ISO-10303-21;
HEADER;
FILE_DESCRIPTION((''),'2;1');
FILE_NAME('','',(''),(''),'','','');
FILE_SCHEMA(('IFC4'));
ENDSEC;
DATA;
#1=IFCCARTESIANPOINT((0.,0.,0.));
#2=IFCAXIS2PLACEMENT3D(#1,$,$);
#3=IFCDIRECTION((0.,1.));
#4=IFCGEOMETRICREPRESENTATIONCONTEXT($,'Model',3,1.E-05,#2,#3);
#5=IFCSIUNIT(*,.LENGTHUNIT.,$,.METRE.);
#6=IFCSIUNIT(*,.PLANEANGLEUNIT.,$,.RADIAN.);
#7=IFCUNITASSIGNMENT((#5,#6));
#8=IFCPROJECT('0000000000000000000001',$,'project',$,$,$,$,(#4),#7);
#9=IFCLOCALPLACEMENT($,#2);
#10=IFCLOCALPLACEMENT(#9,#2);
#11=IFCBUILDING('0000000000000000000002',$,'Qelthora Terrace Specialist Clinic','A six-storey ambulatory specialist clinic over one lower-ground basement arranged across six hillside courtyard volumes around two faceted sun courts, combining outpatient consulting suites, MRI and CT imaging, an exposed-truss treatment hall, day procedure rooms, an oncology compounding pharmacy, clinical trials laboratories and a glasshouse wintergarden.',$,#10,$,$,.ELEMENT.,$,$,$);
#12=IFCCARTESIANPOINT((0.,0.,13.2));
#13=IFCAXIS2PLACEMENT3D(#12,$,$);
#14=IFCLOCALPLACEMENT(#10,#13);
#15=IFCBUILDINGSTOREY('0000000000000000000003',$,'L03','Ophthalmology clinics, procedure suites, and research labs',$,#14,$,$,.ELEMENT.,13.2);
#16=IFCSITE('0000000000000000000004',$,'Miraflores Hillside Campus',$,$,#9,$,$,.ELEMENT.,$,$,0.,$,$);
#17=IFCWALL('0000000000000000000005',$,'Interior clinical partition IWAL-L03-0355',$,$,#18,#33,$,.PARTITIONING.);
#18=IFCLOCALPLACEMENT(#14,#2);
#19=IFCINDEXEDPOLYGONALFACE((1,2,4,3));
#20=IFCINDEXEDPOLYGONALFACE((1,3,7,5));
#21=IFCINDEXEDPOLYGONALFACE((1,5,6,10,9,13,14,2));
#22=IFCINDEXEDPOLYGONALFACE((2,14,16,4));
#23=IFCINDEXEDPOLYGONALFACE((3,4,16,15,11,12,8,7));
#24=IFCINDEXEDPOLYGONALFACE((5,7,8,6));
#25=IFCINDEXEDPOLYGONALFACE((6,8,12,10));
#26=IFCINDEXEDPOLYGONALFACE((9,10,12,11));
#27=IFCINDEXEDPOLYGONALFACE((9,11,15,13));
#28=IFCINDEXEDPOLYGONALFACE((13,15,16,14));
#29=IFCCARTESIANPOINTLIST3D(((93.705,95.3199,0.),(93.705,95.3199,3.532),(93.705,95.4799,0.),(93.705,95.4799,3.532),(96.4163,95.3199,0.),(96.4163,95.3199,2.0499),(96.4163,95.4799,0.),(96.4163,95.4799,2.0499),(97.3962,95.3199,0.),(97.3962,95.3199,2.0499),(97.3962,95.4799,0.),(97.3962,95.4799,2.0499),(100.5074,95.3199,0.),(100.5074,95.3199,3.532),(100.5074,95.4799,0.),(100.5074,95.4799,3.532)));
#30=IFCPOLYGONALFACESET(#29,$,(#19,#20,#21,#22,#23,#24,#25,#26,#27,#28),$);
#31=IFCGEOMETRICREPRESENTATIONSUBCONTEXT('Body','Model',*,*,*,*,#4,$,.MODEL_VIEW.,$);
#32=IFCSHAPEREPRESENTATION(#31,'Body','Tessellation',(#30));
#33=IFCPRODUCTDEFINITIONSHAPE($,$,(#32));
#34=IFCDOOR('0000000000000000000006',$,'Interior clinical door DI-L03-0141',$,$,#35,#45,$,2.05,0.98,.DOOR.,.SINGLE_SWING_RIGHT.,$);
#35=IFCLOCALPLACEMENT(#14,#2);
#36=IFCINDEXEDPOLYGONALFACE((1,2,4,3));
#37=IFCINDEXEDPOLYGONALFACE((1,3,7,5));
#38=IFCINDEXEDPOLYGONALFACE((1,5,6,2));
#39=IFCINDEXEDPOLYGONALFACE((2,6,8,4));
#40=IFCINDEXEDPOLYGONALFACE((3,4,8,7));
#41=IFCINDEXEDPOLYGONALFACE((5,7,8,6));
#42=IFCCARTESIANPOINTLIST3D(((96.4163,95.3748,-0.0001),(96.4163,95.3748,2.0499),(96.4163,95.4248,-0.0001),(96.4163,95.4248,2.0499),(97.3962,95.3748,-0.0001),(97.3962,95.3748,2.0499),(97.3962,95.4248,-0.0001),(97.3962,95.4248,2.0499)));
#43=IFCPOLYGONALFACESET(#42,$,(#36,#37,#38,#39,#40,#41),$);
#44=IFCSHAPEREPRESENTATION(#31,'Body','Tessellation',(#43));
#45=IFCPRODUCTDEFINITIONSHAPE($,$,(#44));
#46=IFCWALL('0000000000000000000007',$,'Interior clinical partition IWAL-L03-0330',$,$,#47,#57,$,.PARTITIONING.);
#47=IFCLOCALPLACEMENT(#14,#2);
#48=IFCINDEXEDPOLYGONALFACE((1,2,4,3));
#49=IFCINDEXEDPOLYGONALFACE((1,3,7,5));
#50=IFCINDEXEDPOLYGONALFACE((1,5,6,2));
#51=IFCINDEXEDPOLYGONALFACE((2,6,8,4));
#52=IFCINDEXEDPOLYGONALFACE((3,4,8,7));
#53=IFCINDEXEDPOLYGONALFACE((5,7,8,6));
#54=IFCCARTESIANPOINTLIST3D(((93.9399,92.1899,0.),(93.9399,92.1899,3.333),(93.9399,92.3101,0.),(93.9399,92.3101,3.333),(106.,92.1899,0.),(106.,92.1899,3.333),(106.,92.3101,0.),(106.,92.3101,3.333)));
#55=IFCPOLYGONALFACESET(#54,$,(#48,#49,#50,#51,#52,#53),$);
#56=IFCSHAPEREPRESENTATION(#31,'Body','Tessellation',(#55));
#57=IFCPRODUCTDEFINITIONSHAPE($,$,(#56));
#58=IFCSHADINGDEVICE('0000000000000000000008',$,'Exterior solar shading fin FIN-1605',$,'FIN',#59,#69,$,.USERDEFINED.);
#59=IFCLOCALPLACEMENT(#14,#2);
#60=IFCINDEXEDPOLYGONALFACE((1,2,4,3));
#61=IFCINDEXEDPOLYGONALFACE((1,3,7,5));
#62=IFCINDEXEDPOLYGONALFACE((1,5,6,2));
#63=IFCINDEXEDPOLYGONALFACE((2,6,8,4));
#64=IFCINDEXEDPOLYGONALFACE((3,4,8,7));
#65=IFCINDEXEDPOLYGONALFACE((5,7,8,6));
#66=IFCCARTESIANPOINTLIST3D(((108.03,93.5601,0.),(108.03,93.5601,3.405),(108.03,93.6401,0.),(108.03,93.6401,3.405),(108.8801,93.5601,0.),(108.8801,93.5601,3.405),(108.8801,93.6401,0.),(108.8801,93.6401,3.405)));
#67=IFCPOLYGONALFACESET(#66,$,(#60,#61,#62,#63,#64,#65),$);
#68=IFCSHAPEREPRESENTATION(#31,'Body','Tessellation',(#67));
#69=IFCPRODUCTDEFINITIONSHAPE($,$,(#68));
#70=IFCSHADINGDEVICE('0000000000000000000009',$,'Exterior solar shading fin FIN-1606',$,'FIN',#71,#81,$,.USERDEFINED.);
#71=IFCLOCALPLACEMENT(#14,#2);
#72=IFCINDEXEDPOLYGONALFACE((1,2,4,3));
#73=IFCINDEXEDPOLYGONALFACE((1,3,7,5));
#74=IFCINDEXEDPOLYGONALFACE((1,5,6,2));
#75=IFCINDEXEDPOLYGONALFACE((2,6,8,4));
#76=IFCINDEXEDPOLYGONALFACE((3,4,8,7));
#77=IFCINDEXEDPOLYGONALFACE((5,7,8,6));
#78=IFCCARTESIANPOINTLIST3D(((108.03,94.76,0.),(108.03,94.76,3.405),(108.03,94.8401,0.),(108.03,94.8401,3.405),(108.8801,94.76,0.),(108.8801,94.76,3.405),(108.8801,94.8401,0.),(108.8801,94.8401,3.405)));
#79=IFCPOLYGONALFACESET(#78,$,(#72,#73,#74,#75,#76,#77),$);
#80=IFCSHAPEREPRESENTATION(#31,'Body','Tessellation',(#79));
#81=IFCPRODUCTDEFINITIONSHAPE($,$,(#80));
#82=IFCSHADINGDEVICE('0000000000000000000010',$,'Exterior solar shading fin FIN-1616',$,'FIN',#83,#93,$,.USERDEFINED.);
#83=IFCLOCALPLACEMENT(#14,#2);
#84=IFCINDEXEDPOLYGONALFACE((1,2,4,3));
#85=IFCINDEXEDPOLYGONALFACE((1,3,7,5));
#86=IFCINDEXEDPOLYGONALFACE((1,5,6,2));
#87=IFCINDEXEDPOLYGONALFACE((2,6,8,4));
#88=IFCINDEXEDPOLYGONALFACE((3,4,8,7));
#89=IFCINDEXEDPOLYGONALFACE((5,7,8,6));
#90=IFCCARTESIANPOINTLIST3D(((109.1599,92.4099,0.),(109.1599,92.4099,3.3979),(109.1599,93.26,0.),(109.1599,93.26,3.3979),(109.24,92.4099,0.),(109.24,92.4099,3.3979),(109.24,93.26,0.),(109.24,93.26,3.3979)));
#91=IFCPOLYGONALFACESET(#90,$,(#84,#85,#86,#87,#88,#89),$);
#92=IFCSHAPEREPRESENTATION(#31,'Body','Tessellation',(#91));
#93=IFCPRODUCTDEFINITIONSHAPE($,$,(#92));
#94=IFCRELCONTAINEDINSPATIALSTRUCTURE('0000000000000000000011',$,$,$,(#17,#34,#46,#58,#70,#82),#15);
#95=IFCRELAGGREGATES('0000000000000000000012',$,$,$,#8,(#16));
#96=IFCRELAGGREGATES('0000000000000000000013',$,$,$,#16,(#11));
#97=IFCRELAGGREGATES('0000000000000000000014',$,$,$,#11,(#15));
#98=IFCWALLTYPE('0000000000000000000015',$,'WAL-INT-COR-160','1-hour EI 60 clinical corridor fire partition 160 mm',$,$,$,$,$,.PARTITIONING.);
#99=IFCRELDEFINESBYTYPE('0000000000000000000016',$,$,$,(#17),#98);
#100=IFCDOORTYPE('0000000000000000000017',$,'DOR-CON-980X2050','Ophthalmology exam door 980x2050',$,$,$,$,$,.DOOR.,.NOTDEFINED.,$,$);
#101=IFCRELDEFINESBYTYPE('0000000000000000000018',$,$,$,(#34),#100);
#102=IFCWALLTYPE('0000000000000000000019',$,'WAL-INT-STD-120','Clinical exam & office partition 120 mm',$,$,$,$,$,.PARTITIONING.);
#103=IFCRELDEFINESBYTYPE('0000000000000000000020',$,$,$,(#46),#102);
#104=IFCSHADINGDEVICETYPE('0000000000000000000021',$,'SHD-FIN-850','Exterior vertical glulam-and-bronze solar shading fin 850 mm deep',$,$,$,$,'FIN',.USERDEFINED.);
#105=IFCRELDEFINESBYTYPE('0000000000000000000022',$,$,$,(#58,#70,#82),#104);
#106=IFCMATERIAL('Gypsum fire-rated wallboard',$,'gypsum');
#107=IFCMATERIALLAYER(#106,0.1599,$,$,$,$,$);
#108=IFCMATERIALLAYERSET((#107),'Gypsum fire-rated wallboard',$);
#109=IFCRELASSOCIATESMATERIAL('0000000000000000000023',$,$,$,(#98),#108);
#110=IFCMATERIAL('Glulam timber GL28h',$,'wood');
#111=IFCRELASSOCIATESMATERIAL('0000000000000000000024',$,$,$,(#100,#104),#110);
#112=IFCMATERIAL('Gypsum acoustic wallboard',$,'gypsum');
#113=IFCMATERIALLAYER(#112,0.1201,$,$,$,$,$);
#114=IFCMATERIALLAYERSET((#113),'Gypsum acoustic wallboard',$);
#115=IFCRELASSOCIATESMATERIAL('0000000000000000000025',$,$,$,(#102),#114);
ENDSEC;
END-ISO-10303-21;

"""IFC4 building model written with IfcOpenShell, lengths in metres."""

from ifc_helpers import new_model, si_unit, direction, frame, frame_2d, origin, origin_2d, place, context, subcontext, project, spatial, rectangle, extrude, material, layer, layer_set, type_object, element, fill, save


model = new_model("IFC4")

# Units and contexts
model_context = context("Model", 3, precision=1e-05, world=origin(), true_north=direction((0.0, 1.0)))
body_context = subcontext(model_context, "Body", "Model", "MODEL_VIEW")
ifc_project = project(units=[si_unit("LENGTHUNIT", "METRE"), si_unit("PLANEANGLEUNIT", "RADIAN")], contexts=[model_context])

# Site, building, storey
site_placement = place(None, origin())
site = spatial("IfcSite", under=ifc_project, at=site_placement, Name="Miraflores Hillside Campus", CompositionType="ELEMENT", RefElevation=0.0)
building_placement = place(site_placement, origin())
building = spatial("IfcBuilding", under=site, at=building_placement, Name="Qelthora Terrace Specialist Clinic", Description="A six-storey ambulatory specialist clinic over one lower-ground basement arranged across six hillside courtyard volumes around two faceted sun courts, combining outpatient consulting suites, MRI and CT imaging, an exposed-truss treatment hall, day procedure rooms, an oncology compounding pharmacy, clinical trials laboratories and a glasshouse wintergarden.", CompositionType="ELEMENT")
storey_placement = place(building_placement, frame((0.0, 0.0, 13.2)))
storey = spatial("IfcBuildingStorey", under=building, at=storey_placement, Name="L03", Description="Ophthalmology clinics, procedure suites, and research labs", CompositionType="ELEMENT", Elevation=13.2)

# Wall, opening, door
ifc_material_1 = material(Name="Gypsum fire-rated wallboard", Category="gypsum")
ifc_layer_1 = layer(ifc_material_1, 0.1599)
ifc_layer_set_1 = layer_set([ifc_layer_1], Name="Gypsum fire-rated wallboard")
wall_type_1 = type_object("IfcWallType", Name="WAL-INT-COR-160", Description="1-hour EI 60 clinical corridor fire partition 160 mm", PredefinedType="PARTITIONING", material=ifc_layer_set_1)
wall_1_placement = place(storey_placement, frame((100.5076, 95.3999, 0.0), z_axis=(0.0, 0.0, 1.0), x_axis=(-1.0, 0.0, 0.0)))
wall_1 = element("IfcWall", 1, at=wall_1_placement, inside=storey, type_object=wall_type_1, Name="Interior clinical partition IWAL-L03-0355", PredefinedType="PARTITIONING", context=body_context, shape_type="SweptSolid", body=[
    extrude(rectangle(XDim=6.8025, YDim=0.1599, at=frame_2d((3.4014, 0.0))), origin(), (0.0, 0.0, 1.0), 3.532),
])
opening_1_placement = place(wall_1_placement, frame((3.1113, 0.0, 0.0)))
opening_1 = element("IfcOpeningElement", 2, at=opening_1_placement, cuts=wall_1, PredefinedType="OPENING", context=body_context, shape_type="SweptSolid", body=[
    extrude(rectangle(XDim=0.98, YDim=2.05, at=frame_2d((0.49, 1.0249))), frame((0.0, 0.0898, 0.0), z_axis=(0.0, -1.0, 0.0), x_axis=(1.0, 0.0, 0.0)), (0.0, 0.0, 1.0), 0.1799),
])
ifc_material_2 = material(Name="Glulam timber GL28h", Category="wood")
door_type_1 = type_object("IfcDoorType", Name="DOR-CON-980X2050", Description="Ophthalmology exam door 980x2050", OperationType="NOTDEFINED", PredefinedType="DOOR", material=ifc_material_2)
door_1_placement = place(opening_1_placement, frame((0.98, 0.0, 0.0), z_axis=(0.0, 0.0, 1.0), x_axis=(-1.0, 0.0, 0.0)))
door_1 = element("IfcDoor", 3, at=door_1_placement, inside=storey, type_object=door_type_1, Name="Interior clinical door DI-L03-0141", OperationType="SINGLE_SWING_RIGHT", OverallHeight=2.05, OverallWidth=0.98, PredefinedType="DOOR", context=body_context, shape_type="SweptSolid", body=[
    extrude(rectangle(XDim=0.98, YDim=2.05, at=frame_2d((0.49, 1.0249))), frame((0.0, 0.0249, 0.0), z_axis=(0.0, -1.0, 0.0), x_axis=(1.0, 0.0, 0.0)), (0.0, 0.0, 1.0), 0.05),
])
fill(opening_1, door_1)

# Wall
ifc_material_3 = material(Name="Gypsum acoustic wallboard", Category="gypsum")
ifc_layer_2 = layer(ifc_material_3, 0.1201)
ifc_layer_set_2 = layer_set([ifc_layer_2], Name="Gypsum acoustic wallboard")
wall_type_2 = type_object("IfcWallType", Name="WAL-INT-STD-120", Description="Clinical exam & office partition 120 mm", PredefinedType="PARTITIONING", material=ifc_layer_set_2)
wall_2_placement = place(storey_placement, frame((93.9399, 92.25, 0.0), z_axis=(0.0, 0.0, 1.0), x_axis=(1.0, 0.0, 0.0)))
element("IfcWall", 4, at=wall_2_placement, inside=storey, type_object=wall_type_2, Name="Interior clinical partition IWAL-L03-0330", PredefinedType="PARTITIONING", context=body_context, shape_type="SweptSolid", body=[
    extrude(rectangle(XDim=12.0601, YDim=0.1201, at=frame_2d((6.03, 0.0))), origin(), (0.0, 0.0, 1.0), 3.333),
])

# Shading devices
shading_device_type = type_object("IfcShadingDeviceType", Name="SHD-FIN-850", Description="Exterior vertical glulam-and-bronze solar shading fin 850 mm deep", ElementType="FIN", PredefinedType="USERDEFINED", material=ifc_material_2)
for number, where, z_axis, x_axis, name in (
    (5, (108.4551, 93.6001, 0.0), (0.0, 0.0, 1.0), (1.0, 0.0, 0.0), "Exterior solar shading fin FIN-1605"),
    (6, (108.4551, 94.8, 0.0), (0.0, 0.0, 1.0), (1.0, 0.0, 0.0), "Exterior solar shading fin FIN-1606"),
):
    element("IfcShadingDevice", number, at=place(storey_placement, frame(where, z_axis=z_axis, x_axis=x_axis)), inside=storey, type_object=shading_device_type, Name=name, ObjectType="FIN", PredefinedType="USERDEFINED", context=body_context, shape_type="SweptSolid", body=[
        extrude(rectangle(XDim=0.8501, YDim=0.0801, at=origin_2d()), origin(), (0.0, 0.0, 1.0), 3.405),
    ])
shading_device_placement = place(storey_placement, frame((109.2, 92.835, 0.0), z_axis=(0.0, 0.0, 1.0), x_axis=(0.0, 1.0, 0.0)))
element("IfcShadingDevice", 7, at=shading_device_placement, inside=storey, type_object=shading_device_type, Name="Exterior solar shading fin FIN-1616", ObjectType="FIN", PredefinedType="USERDEFINED", context=body_context, shape_type="SweptSolid", body=[
    extrude(rectangle(XDim=0.8501, YDim=0.0801, at=origin_2d()), origin(), (0.0, 0.0, 1.0), 3.3979),
])

save(model, "model.ifc")
